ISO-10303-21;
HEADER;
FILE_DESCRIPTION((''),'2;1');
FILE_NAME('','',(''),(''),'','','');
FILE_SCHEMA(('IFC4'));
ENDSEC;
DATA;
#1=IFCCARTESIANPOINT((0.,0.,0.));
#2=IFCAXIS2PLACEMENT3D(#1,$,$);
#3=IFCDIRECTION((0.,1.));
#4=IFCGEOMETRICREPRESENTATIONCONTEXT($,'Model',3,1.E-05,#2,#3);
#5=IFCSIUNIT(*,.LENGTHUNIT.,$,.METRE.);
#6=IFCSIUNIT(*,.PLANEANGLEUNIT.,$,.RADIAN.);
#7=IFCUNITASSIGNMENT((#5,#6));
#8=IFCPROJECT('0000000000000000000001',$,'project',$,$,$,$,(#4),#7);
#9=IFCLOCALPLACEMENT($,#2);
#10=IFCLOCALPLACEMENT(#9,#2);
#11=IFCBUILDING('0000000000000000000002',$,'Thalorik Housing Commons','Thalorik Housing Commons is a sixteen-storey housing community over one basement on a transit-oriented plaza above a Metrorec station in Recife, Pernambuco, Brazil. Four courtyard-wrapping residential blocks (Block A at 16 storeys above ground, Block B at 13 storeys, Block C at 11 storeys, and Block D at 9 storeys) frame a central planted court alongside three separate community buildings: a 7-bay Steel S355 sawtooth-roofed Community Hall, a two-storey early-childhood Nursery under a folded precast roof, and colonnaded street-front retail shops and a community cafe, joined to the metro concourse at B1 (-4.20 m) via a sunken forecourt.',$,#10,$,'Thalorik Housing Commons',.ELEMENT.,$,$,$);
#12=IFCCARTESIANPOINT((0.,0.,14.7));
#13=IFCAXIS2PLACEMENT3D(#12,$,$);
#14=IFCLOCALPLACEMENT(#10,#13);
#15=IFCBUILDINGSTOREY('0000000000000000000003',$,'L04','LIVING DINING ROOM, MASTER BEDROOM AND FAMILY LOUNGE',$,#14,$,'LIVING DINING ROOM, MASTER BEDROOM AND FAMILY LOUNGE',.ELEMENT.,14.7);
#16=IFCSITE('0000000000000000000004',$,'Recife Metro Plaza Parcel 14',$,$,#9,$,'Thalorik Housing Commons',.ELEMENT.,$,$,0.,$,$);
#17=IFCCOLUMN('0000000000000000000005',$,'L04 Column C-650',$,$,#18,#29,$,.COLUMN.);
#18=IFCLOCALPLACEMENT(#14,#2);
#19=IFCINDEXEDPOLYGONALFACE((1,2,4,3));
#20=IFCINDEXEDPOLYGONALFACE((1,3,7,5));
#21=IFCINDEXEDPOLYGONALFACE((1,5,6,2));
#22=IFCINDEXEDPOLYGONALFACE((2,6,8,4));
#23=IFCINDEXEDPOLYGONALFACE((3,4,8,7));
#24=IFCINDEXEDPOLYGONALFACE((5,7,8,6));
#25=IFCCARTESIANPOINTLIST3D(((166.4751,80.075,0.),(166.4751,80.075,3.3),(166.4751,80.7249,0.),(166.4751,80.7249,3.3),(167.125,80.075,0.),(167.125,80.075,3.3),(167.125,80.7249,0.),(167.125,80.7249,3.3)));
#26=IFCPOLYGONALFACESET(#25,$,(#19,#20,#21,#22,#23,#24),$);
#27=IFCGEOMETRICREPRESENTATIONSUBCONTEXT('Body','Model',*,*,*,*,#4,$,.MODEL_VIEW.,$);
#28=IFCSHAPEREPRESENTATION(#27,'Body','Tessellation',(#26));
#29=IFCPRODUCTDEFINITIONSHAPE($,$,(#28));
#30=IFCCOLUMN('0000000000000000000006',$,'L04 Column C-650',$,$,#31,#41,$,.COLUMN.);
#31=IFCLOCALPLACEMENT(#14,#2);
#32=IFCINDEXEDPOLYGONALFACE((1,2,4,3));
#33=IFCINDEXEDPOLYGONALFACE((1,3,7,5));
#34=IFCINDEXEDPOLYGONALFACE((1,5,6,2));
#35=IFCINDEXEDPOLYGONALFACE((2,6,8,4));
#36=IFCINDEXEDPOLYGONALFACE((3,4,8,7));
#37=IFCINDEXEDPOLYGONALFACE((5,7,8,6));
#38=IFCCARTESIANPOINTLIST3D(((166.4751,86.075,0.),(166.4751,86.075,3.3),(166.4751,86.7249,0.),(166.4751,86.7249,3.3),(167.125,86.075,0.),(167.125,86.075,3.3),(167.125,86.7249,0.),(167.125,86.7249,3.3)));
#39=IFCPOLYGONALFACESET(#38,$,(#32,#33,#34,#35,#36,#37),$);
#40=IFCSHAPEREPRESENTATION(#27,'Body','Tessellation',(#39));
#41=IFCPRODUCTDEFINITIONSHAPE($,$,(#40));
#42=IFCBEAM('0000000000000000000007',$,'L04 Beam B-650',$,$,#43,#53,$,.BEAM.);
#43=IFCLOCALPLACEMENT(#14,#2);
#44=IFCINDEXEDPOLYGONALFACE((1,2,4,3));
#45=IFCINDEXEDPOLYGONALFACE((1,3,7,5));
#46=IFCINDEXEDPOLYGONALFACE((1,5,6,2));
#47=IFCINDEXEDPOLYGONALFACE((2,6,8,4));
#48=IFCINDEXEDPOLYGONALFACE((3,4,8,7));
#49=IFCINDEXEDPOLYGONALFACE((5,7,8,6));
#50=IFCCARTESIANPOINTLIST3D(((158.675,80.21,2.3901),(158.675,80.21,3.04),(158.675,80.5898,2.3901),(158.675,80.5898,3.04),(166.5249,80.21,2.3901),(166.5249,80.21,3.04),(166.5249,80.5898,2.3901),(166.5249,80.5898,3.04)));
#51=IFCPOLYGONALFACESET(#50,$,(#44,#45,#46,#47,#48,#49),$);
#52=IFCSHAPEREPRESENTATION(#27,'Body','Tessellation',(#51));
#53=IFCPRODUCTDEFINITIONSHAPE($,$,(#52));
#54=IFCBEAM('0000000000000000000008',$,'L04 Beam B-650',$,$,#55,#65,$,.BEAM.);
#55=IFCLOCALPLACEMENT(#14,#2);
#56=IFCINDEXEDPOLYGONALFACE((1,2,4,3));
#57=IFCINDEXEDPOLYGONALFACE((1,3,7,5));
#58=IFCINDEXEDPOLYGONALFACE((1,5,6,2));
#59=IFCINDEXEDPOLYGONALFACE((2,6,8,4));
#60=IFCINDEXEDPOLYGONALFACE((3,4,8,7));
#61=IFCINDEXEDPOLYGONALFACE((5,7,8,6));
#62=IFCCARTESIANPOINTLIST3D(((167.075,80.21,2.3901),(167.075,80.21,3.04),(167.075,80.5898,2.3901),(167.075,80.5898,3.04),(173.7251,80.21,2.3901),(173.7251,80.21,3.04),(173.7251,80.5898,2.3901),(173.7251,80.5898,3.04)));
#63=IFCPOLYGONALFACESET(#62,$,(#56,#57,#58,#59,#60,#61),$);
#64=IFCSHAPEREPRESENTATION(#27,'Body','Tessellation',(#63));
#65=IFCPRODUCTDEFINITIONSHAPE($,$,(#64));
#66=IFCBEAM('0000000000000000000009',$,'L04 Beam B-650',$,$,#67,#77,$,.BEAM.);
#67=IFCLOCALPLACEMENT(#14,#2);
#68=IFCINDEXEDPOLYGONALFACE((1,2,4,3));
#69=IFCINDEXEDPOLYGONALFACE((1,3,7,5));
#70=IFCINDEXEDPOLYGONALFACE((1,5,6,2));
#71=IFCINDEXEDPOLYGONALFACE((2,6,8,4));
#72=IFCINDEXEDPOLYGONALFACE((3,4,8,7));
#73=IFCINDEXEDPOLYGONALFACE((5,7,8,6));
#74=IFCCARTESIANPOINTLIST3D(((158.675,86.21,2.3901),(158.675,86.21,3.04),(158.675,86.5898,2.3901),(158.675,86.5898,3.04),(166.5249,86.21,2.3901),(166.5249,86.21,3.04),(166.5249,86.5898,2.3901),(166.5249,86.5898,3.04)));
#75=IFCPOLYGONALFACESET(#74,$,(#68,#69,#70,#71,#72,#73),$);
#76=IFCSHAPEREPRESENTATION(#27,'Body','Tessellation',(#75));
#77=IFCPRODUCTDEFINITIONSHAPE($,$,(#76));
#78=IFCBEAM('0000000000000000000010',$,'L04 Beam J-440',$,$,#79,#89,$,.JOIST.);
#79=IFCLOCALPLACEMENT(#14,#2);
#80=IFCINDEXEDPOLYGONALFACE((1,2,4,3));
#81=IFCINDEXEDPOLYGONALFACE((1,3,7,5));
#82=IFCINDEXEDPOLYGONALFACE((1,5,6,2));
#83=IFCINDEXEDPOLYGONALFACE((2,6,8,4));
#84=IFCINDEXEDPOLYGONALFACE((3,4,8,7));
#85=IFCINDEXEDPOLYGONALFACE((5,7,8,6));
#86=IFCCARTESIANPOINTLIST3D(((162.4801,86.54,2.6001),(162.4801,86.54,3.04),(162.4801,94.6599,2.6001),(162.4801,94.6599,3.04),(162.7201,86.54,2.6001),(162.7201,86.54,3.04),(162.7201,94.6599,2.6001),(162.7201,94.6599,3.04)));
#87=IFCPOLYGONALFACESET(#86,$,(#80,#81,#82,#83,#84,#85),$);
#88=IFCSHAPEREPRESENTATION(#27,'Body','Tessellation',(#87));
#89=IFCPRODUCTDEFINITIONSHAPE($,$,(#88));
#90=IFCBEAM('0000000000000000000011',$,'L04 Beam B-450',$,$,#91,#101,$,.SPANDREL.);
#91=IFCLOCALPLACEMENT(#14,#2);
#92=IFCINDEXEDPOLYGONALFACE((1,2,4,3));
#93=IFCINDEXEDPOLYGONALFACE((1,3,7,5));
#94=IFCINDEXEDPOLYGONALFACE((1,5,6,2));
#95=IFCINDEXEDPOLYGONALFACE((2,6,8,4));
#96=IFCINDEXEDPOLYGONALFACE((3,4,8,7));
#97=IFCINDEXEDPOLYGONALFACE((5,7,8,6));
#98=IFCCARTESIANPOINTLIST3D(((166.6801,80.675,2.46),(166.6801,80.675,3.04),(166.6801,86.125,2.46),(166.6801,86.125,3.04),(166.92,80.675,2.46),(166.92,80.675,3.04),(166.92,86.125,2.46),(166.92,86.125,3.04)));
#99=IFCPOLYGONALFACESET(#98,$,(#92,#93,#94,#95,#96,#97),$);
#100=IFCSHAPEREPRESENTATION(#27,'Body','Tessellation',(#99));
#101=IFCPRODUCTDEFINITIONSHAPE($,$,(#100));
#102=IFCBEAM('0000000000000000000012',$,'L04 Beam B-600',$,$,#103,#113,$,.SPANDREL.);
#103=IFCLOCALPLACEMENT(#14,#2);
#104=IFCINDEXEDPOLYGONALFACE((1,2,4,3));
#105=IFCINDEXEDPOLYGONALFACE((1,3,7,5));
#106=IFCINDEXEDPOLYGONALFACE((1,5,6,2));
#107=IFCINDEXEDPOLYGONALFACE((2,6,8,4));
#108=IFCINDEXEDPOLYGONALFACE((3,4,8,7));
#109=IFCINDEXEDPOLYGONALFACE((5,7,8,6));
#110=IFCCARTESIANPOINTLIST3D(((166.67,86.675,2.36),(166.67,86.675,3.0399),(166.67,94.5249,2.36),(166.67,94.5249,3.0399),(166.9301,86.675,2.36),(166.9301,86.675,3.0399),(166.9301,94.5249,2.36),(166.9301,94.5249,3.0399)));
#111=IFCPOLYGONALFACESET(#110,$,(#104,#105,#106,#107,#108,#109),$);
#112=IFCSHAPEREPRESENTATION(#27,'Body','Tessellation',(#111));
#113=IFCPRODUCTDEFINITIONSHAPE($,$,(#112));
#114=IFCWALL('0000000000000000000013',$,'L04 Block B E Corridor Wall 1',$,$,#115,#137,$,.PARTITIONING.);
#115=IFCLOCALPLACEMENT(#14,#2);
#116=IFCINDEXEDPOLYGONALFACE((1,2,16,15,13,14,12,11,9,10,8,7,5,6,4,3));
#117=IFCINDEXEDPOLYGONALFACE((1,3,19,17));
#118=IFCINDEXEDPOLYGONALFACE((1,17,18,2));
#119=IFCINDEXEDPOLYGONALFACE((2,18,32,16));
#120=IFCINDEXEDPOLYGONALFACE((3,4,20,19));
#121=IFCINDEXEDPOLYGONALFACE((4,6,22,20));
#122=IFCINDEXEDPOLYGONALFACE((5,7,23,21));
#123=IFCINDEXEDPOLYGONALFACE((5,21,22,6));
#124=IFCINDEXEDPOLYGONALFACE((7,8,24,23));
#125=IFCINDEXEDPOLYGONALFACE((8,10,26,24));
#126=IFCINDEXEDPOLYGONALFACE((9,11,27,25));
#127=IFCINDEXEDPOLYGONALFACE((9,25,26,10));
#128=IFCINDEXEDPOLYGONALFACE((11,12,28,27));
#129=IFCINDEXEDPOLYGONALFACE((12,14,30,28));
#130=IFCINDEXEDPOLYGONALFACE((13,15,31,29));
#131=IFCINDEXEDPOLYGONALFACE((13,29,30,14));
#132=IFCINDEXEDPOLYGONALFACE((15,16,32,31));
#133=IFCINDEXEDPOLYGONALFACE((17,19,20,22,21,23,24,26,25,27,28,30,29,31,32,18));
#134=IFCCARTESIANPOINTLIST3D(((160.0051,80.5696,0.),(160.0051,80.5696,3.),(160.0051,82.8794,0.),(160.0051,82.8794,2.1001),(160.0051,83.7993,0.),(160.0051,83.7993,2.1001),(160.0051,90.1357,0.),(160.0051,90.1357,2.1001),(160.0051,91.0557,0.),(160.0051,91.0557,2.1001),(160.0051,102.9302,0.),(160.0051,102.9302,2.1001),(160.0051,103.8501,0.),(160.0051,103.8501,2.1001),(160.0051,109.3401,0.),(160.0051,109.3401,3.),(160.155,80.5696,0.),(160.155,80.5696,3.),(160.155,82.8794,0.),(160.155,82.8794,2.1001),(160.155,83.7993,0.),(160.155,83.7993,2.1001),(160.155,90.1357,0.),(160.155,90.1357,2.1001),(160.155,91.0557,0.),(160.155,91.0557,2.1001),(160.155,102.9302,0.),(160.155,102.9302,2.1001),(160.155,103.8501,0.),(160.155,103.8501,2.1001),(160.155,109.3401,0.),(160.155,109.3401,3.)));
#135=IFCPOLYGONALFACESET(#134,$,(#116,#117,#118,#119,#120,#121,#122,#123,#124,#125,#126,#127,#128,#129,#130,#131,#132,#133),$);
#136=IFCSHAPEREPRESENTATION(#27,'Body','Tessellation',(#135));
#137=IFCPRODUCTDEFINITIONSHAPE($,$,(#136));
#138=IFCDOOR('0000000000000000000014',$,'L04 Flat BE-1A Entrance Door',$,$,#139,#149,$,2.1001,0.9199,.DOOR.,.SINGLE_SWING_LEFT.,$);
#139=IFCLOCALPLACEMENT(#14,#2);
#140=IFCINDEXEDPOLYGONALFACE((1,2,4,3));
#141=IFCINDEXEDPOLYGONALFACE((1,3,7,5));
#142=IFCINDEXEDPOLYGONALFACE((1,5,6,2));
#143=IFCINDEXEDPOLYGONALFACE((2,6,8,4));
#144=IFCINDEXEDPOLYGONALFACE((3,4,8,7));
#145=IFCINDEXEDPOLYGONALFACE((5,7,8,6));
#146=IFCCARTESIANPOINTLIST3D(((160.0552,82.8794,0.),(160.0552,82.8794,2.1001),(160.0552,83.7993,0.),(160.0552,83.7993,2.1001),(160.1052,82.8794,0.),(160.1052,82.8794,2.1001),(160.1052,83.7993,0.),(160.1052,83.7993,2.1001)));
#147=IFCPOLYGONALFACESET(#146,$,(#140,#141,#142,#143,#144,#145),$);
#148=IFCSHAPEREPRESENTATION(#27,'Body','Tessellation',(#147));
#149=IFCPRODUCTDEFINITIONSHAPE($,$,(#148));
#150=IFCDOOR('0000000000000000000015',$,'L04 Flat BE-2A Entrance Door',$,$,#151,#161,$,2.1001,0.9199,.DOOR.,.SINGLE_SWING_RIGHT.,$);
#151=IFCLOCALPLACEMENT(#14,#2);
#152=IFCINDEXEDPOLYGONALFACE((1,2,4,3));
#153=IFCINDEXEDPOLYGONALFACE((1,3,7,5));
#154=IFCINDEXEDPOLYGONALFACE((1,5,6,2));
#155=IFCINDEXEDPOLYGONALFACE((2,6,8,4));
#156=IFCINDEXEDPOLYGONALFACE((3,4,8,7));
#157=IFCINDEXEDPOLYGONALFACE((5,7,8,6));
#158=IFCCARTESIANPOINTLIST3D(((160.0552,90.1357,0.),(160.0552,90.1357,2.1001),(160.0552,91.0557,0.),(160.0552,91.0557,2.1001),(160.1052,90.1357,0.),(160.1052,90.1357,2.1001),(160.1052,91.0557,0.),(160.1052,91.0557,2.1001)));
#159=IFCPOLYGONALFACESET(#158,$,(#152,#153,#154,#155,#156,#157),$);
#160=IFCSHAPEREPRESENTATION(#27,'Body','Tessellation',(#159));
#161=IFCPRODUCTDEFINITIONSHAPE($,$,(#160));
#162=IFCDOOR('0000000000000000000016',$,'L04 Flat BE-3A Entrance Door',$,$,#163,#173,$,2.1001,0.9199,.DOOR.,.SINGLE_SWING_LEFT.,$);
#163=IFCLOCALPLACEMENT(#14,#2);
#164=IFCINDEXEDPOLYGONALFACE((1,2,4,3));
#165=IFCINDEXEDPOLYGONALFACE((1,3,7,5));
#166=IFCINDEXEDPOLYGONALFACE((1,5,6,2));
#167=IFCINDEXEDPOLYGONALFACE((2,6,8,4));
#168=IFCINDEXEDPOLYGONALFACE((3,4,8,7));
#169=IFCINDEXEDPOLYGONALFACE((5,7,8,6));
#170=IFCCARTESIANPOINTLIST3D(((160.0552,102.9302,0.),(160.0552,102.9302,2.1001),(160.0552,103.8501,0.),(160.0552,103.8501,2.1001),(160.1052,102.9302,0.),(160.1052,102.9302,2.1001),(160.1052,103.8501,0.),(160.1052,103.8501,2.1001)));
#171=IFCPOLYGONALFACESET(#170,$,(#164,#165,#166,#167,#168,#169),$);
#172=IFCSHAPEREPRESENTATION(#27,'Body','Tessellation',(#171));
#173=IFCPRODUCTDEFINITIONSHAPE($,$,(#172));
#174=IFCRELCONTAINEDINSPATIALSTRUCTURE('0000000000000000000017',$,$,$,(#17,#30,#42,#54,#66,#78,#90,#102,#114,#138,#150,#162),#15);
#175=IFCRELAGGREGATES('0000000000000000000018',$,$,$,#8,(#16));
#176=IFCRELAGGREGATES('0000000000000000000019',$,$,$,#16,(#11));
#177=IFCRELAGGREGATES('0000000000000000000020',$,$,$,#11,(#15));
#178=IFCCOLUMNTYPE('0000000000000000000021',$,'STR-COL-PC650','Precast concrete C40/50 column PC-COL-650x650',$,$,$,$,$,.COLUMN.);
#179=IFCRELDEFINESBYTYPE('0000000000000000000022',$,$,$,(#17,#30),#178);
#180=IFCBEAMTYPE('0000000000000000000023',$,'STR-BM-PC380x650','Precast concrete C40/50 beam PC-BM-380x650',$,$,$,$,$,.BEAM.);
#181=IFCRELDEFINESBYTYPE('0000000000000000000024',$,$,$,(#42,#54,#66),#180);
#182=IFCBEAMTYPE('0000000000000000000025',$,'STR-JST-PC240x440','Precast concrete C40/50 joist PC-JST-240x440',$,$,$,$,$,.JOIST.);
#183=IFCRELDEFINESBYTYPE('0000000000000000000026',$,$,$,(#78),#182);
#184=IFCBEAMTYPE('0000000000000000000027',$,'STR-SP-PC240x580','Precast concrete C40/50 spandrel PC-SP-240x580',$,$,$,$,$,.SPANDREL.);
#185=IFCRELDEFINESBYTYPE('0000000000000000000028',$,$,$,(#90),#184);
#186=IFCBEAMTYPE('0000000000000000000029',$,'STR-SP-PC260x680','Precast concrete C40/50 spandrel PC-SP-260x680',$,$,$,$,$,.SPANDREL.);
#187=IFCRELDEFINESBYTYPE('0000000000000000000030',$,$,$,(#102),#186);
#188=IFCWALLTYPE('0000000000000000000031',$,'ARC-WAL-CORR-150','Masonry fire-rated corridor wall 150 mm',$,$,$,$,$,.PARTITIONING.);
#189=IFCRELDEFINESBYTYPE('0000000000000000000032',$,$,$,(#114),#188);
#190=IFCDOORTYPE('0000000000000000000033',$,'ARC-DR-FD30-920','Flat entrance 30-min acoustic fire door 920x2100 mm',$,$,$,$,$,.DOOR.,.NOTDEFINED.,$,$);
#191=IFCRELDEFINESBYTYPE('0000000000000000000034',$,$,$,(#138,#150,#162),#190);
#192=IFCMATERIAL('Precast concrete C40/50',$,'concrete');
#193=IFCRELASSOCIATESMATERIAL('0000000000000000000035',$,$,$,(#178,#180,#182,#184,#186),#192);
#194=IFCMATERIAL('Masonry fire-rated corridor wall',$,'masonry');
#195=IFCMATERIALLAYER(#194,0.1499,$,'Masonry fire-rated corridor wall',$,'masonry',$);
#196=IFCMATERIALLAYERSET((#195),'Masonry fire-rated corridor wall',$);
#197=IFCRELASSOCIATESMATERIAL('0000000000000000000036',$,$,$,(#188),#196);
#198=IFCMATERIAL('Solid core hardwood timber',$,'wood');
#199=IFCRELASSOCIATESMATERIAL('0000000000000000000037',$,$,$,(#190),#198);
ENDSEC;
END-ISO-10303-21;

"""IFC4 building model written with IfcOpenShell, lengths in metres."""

from ifc_helpers import new_model, si_unit, direction, frame, frame_2d, origin, origin_2d, place, context, subcontext, project, spatial, rectangle, extrude, material, layer, layer_set, material_profile, profile_set, type_object, element, fill, save


model = new_model("IFC4")

# Units and contexts
model_context = context("Model", 3, precision=1e-05, world=origin(), true_north=direction((0.0, 1.0)))
body_context = subcontext(model_context, "Body", "Model", "MODEL_VIEW")
ifc_project = project(units=[si_unit("LENGTHUNIT", "METRE"), si_unit("PLANEANGLEUNIT", "RADIAN")], contexts=[model_context])

# Site, building, storey
site_placement = place(None, origin())
site = spatial("IfcSite", under=ifc_project, at=site_placement, Name="Recife Metro Plaza Parcel 14", LongName="Thalorik Housing Commons", CompositionType="ELEMENT", RefElevation=0.0)
building_placement = place(site_placement, origin())
building = spatial("IfcBuilding", under=site, at=building_placement, Name="Thalorik Housing Commons", Description="Thalorik Housing Commons is a sixteen-storey housing community over one basement on a transit-oriented plaza above a Metrorec station in Recife, Pernambuco, Brazil. Four courtyard-wrapping residential blocks (Block A at 16 storeys above ground, Block B at 13 storeys, Block C at 11 storeys, and Block D at 9 storeys) frame a central planted court alongside three separate community buildings: a 7-bay Steel S355 sawtooth-roofed Community Hall, a two-storey early-childhood Nursery under a folded precast roof, and colonnaded street-front retail shops and a community cafe, joined to the metro concourse at B1 (-4.20 m) via a sunken forecourt.", LongName="Thalorik Housing Commons", CompositionType="ELEMENT")
storey_placement = place(building_placement, frame((0.0, 0.0, 14.7)))
storey = spatial("IfcBuildingStorey", under=building, at=storey_placement, Name="L04", Description="LIVING DINING ROOM, MASTER BEDROOM AND FAMILY LOUNGE", LongName="LIVING DINING ROOM, MASTER BEDROOM AND FAMILY LOUNGE", CompositionType="ELEMENT", Elevation=14.7)

# Columns
ifc_material_1 = material(Name="Precast concrete C40/50", Category="concrete")
ifc_material_profile_1 = material_profile(ifc_material_1, rectangle(XDim=0.6499, YDim=0.6499, at=origin_2d()), Name="PC 650x650", Category="concrete")
ifc_profile_set_1 = profile_set([ifc_material_profile_1], Name="Precast concrete C40/50")
column_type = type_object("IfcColumnType", Name="STR-COL-PC650", Description="Precast concrete C40/50 column PC-COL-650x650", PredefinedType="COLUMN", material=ifc_profile_set_1)
for number, where, z_axis, x_axis, name in (
    (1, (166.8, 80.3999, 0.0), (0.0, 0.0, 1.0), (1.0, 0.0, 0.0), "L04 Column C-650"),
    (2, (166.8, 86.3999, 0.0), (0.0, 0.0, 1.0), (1.0, 0.0, 0.0), "L04 Column C-650"),
):
    element("IfcColumn", number, at=place(storey_placement, frame(where, z_axis=z_axis, x_axis=x_axis)), inside=storey, type_object=column_type, Name=name, PredefinedType="COLUMN", context=body_context, shape_type="SweptSolid", body=[
        extrude(rectangle(XDim=0.6499, YDim=0.6499, at=origin_2d()), origin(), (0.0, 0.0, 1.0), 3.3),
    ])

# Beams
ifc_material_profile_2 = material_profile(ifc_material_1, rectangle(XDim=0.3799, YDim=0.6499, at=origin_2d()), Name="PC 380x650", Category="concrete")
ifc_profile_set_2 = profile_set([ifc_material_profile_2], Name="Precast concrete C40/50")
beam_type_1 = type_object("IfcBeamType", Name="STR-BM-PC380x650", Description="Precast concrete C40/50 beam PC-BM-380x650", PredefinedType="BEAM", material=ifc_profile_set_2)
beam_1_placement = place(storey_placement, frame((158.675, 80.3999, 2.7151), z_axis=(1.0, 0.0, 0.0), x_axis=(0.0, 1.0, 0.0)))
element("IfcBeam", 3, at=beam_1_placement, inside=storey, type_object=beam_type_1, Name="L04 Beam B-650", PredefinedType="BEAM", context=body_context, shape_type="SweptSolid", body=[
    extrude(rectangle(XDim=0.3799, YDim=0.6499, at=origin_2d()), origin(), (0.0, 0.0, 1.0), 7.8499),
])
beam_2_placement = place(storey_placement, frame((167.075, 80.3999, 2.7151), z_axis=(1.0, 0.0, 0.0), x_axis=(0.0, 1.0, 0.0)))
element("IfcBeam", 4, at=beam_2_placement, inside=storey, type_object=beam_type_1, Name="L04 Beam B-650", PredefinedType="BEAM", context=body_context, shape_type="SweptSolid", body=[
    extrude(rectangle(XDim=0.3799, YDim=0.6499, at=origin_2d()), origin(), (0.0, 0.0, 1.0), 6.6501),
])
beam_3_placement = place(storey_placement, frame((158.675, 86.3999, 2.7151), z_axis=(1.0, 0.0, 0.0), x_axis=(0.0, 1.0, 0.0)))
element("IfcBeam", 5, at=beam_3_placement, inside=storey, type_object=beam_type_1, Name="L04 Beam B-650", PredefinedType="BEAM", context=body_context, shape_type="SweptSolid", body=[
    extrude(rectangle(XDim=0.3799, YDim=0.6499, at=origin_2d()), origin(), (0.0, 0.0, 1.0), 7.8499),
])
ifc_material_profile_3 = material_profile(ifc_material_1, rectangle(XDim=0.24, YDim=0.4399, at=origin_2d()), Name="PC JST 240x440", Category="concrete")
ifc_profile_set_3 = profile_set([ifc_material_profile_3], Name="Precast concrete C40/50")
beam_type_2 = type_object("IfcBeamType", Name="STR-JST-PC240x440", Description="Precast concrete C40/50 joist PC-JST-240x440", PredefinedType="JOIST", material=ifc_profile_set_3)
beam_4_placement = place(storey_placement, frame((162.6001, 86.54, 2.8201), z_axis=(0.0, 1.0, 0.0), x_axis=(-1.0, 0.0, 0.0)))
element("IfcBeam", 6, at=beam_4_placement, inside=storey, type_object=beam_type_2, Name="L04 Beam J-440", PredefinedType="JOIST", context=body_context, shape_type="SweptSolid", body=[
    extrude(rectangle(XDim=0.24, YDim=0.4399, at=origin_2d()), origin(), (0.0, 0.0, 1.0), 8.1199),
])
ifc_material_profile_4 = material_profile(ifc_material_1, rectangle(XDim=0.24, YDim=0.5801, at=origin_2d()), Name="PC SP 240x580", Category="concrete")
ifc_profile_set_4 = profile_set([ifc_material_profile_4], Name="Precast concrete C40/50")
beam_type_3 = type_object("IfcBeamType", Name="STR-SP-PC240x580", Description="Precast concrete C40/50 spandrel PC-SP-240x580", PredefinedType="SPANDREL", material=ifc_profile_set_4)
beam_5_placement = place(storey_placement, frame((166.8, 80.675, 2.75), z_axis=(0.0, 1.0, 0.0), x_axis=(-1.0, 0.0, 0.0)))
element("IfcBeam", 7, at=beam_5_placement, inside=storey, type_object=beam_type_3, Name="L04 Beam B-450", PredefinedType="SPANDREL", context=body_context, shape_type="SweptSolid", body=[
    extrude(rectangle(XDim=0.24, YDim=0.5801, at=origin_2d()), origin(), (0.0, 0.0, 1.0), 5.45),
])
ifc_material_profile_5 = material_profile(ifc_material_1, rectangle(XDim=0.26, YDim=0.6799, at=origin_2d()), Name="PC SP 260x680", Category="concrete")
ifc_profile_set_5 = profile_set([ifc_material_profile_5], Name="Precast concrete C40/50")
beam_type_4 = type_object("IfcBeamType", Name="STR-SP-PC260x680", Description="Precast concrete C40/50 spandrel PC-SP-260x680", PredefinedType="SPANDREL", material=ifc_profile_set_5)
beam_6_placement = place(storey_placement, frame((166.8, 86.675, 2.7), z_axis=(0.0, 1.0, 0.0), x_axis=(-1.0, 0.0, 0.0)))
element("IfcBeam", 8, at=beam_6_placement, inside=storey, type_object=beam_type_4, Name="L04 Beam B-600", PredefinedType="SPANDREL", context=body_context, shape_type="SweptSolid", body=[
    extrude(rectangle(XDim=0.26, YDim=0.6799, at=origin_2d()), origin(), (0.0, 0.0, 1.0), 7.8499),
])

# Wall, openings, doors
ifc_material_2 = material(Name="Masonry fire-rated corridor wall", Category="masonry")
ifc_layer_1 = layer(ifc_material_2, 0.1499, Name="Masonry fire-rated corridor wall", Category="masonry")
ifc_layer_set_1 = layer_set([ifc_layer_1], Name="Masonry fire-rated corridor wall")
wall_type_1 = type_object("IfcWallType", Name="ARC-WAL-CORR-150", Description="Masonry fire-rated corridor wall 150 mm", PredefinedType="PARTITIONING", material=ifc_layer_set_1)
wall_1_placement = place(storey_placement, frame((160.0801, 80.5696, 0.0), z_axis=(0.0, 0.0, 1.0), x_axis=(0.0, 1.0, 0.0)))
wall_1 = element("IfcWall", 9, at=wall_1_placement, inside=storey, type_object=wall_type_1, Name="L04 Block B E Corridor Wall 1", PredefinedType="PARTITIONING", context=body_context, shape_type="SweptSolid", body=[
    extrude(rectangle(XDim=28.7705, YDim=0.1499, at=frame_2d((14.3853, 0.0))), origin(), (0.0, 0.0, 1.0), 3.0),
])
opening_1_placement = place(wall_1_placement, frame((2.3098, 0.0, 0.0)))
opening_1 = element("IfcOpeningElement", 10, at=opening_1_placement, cuts=wall_1, PredefinedType="OPENING", context=body_context, shape_type="SweptSolid", body=[
    extrude(rectangle(XDim=0.9199, YDim=2.1001, at=frame_2d((0.46, 1.05))), frame((0.0, 0.085, 0.0), z_axis=(0.0, -1.0, 0.0), x_axis=(1.0, 0.0, 0.0)), (0.0, 0.0, 1.0), 0.1699),
])
opening_2_placement = place(wall_1_placement, frame((9.5662, 0.0, 0.0)))
opening_2 = element("IfcOpeningElement", 11, at=opening_2_placement, cuts=wall_1, PredefinedType="OPENING", context=body_context, shape_type="SweptSolid", body=[
    extrude(rectangle(XDim=0.9199, YDim=2.1001, at=frame_2d((0.46, 1.05))), frame((0.0, 0.085, 0.0), z_axis=(0.0, -1.0, 0.0), x_axis=(1.0, 0.0, 0.0)), (0.0, 0.0, 1.0), 0.1699),
])
opening_3_placement = place(wall_1_placement, frame((22.3606, 0.0, 0.0)))
opening_3 = element("IfcOpeningElement", 12, at=opening_3_placement, cuts=wall_1, PredefinedType="OPENING", context=body_context, shape_type="SweptSolid", body=[
    extrude(rectangle(XDim=0.9199, YDim=2.1001, at=frame_2d((0.46, 1.05))), frame((0.0, 0.085, 0.0), z_axis=(0.0, -1.0, 0.0), x_axis=(1.0, 0.0, 0.0)), (0.0, 0.0, 1.0), 0.1699),
])
ifc_material_3 = material(Name="Solid core hardwood timber", Category="wood")
door_type_1 = type_object("IfcDoorType", Name="ARC-DR-FD30-920", Description="Flat entrance 30-min acoustic fire door 920x2100 mm", OperationType="NOTDEFINED", PredefinedType="DOOR", material=ifc_material_3)
door_1_placement = place(opening_1_placement, origin())
door_1 = element("IfcDoor", 13, at=door_1_placement, inside=storey, type_object=door_type_1, Name="L04 Flat BE-1A Entrance Door", OperationType="SINGLE_SWING_LEFT", OverallHeight=2.1001, OverallWidth=0.9199, PredefinedType="DOOR", context=body_context, shape_type="SweptSolid", body=[
    extrude(rectangle(XDim=0.9199, YDim=2.1001, at=frame_2d((0.46, 1.05))), frame((0.0, 0.0249, 0.0), z_axis=(0.0, -1.0, 0.0), x_axis=(1.0, 0.0, 0.0)), (0.0, 0.0, 1.0), 0.05),
])
fill(opening_1, door_1)
door_2_placement = place(opening_2_placement, origin())
door_2 = element("IfcDoor", 14, at=door_2_placement, inside=storey, type_object=door_type_1, Name="L04 Flat BE-2A Entrance Door", OperationType="SINGLE_SWING_RIGHT", OverallHeight=2.1001, OverallWidth=0.9199, PredefinedType="DOOR", context=body_context, shape_type="SweptSolid", body=[
    extrude(rectangle(XDim=0.9199, YDim=2.1001, at=frame_2d((0.46, 1.05))), frame((0.0, 0.0249, 0.0), z_axis=(0.0, -1.0, 0.0), x_axis=(1.0, 0.0, 0.0)), (0.0, 0.0, 1.0), 0.05),
])
fill(opening_2, door_2)
door_3_placement = place(opening_3_placement, origin())
door_3 = element("IfcDoor", 15, at=door_3_placement, inside=storey, type_object=door_type_1, Name="L04 Flat BE-3A Entrance Door", OperationType="SINGLE_SWING_LEFT", OverallHeight=2.1001, OverallWidth=0.9199, PredefinedType="DOOR", context=body_context, shape_type="SweptSolid", body=[
    extrude(rectangle(XDim=0.9199, YDim=2.1001, at=frame_2d((0.46, 1.05))), frame((0.0, 0.0249, 0.0), z_axis=(0.0, -1.0, 0.0), x_axis=(1.0, 0.0, 0.0)), (0.0, 0.0, 1.0), 0.05),
])
fill(opening_3, door_3)

save(model, "model.ifc")
